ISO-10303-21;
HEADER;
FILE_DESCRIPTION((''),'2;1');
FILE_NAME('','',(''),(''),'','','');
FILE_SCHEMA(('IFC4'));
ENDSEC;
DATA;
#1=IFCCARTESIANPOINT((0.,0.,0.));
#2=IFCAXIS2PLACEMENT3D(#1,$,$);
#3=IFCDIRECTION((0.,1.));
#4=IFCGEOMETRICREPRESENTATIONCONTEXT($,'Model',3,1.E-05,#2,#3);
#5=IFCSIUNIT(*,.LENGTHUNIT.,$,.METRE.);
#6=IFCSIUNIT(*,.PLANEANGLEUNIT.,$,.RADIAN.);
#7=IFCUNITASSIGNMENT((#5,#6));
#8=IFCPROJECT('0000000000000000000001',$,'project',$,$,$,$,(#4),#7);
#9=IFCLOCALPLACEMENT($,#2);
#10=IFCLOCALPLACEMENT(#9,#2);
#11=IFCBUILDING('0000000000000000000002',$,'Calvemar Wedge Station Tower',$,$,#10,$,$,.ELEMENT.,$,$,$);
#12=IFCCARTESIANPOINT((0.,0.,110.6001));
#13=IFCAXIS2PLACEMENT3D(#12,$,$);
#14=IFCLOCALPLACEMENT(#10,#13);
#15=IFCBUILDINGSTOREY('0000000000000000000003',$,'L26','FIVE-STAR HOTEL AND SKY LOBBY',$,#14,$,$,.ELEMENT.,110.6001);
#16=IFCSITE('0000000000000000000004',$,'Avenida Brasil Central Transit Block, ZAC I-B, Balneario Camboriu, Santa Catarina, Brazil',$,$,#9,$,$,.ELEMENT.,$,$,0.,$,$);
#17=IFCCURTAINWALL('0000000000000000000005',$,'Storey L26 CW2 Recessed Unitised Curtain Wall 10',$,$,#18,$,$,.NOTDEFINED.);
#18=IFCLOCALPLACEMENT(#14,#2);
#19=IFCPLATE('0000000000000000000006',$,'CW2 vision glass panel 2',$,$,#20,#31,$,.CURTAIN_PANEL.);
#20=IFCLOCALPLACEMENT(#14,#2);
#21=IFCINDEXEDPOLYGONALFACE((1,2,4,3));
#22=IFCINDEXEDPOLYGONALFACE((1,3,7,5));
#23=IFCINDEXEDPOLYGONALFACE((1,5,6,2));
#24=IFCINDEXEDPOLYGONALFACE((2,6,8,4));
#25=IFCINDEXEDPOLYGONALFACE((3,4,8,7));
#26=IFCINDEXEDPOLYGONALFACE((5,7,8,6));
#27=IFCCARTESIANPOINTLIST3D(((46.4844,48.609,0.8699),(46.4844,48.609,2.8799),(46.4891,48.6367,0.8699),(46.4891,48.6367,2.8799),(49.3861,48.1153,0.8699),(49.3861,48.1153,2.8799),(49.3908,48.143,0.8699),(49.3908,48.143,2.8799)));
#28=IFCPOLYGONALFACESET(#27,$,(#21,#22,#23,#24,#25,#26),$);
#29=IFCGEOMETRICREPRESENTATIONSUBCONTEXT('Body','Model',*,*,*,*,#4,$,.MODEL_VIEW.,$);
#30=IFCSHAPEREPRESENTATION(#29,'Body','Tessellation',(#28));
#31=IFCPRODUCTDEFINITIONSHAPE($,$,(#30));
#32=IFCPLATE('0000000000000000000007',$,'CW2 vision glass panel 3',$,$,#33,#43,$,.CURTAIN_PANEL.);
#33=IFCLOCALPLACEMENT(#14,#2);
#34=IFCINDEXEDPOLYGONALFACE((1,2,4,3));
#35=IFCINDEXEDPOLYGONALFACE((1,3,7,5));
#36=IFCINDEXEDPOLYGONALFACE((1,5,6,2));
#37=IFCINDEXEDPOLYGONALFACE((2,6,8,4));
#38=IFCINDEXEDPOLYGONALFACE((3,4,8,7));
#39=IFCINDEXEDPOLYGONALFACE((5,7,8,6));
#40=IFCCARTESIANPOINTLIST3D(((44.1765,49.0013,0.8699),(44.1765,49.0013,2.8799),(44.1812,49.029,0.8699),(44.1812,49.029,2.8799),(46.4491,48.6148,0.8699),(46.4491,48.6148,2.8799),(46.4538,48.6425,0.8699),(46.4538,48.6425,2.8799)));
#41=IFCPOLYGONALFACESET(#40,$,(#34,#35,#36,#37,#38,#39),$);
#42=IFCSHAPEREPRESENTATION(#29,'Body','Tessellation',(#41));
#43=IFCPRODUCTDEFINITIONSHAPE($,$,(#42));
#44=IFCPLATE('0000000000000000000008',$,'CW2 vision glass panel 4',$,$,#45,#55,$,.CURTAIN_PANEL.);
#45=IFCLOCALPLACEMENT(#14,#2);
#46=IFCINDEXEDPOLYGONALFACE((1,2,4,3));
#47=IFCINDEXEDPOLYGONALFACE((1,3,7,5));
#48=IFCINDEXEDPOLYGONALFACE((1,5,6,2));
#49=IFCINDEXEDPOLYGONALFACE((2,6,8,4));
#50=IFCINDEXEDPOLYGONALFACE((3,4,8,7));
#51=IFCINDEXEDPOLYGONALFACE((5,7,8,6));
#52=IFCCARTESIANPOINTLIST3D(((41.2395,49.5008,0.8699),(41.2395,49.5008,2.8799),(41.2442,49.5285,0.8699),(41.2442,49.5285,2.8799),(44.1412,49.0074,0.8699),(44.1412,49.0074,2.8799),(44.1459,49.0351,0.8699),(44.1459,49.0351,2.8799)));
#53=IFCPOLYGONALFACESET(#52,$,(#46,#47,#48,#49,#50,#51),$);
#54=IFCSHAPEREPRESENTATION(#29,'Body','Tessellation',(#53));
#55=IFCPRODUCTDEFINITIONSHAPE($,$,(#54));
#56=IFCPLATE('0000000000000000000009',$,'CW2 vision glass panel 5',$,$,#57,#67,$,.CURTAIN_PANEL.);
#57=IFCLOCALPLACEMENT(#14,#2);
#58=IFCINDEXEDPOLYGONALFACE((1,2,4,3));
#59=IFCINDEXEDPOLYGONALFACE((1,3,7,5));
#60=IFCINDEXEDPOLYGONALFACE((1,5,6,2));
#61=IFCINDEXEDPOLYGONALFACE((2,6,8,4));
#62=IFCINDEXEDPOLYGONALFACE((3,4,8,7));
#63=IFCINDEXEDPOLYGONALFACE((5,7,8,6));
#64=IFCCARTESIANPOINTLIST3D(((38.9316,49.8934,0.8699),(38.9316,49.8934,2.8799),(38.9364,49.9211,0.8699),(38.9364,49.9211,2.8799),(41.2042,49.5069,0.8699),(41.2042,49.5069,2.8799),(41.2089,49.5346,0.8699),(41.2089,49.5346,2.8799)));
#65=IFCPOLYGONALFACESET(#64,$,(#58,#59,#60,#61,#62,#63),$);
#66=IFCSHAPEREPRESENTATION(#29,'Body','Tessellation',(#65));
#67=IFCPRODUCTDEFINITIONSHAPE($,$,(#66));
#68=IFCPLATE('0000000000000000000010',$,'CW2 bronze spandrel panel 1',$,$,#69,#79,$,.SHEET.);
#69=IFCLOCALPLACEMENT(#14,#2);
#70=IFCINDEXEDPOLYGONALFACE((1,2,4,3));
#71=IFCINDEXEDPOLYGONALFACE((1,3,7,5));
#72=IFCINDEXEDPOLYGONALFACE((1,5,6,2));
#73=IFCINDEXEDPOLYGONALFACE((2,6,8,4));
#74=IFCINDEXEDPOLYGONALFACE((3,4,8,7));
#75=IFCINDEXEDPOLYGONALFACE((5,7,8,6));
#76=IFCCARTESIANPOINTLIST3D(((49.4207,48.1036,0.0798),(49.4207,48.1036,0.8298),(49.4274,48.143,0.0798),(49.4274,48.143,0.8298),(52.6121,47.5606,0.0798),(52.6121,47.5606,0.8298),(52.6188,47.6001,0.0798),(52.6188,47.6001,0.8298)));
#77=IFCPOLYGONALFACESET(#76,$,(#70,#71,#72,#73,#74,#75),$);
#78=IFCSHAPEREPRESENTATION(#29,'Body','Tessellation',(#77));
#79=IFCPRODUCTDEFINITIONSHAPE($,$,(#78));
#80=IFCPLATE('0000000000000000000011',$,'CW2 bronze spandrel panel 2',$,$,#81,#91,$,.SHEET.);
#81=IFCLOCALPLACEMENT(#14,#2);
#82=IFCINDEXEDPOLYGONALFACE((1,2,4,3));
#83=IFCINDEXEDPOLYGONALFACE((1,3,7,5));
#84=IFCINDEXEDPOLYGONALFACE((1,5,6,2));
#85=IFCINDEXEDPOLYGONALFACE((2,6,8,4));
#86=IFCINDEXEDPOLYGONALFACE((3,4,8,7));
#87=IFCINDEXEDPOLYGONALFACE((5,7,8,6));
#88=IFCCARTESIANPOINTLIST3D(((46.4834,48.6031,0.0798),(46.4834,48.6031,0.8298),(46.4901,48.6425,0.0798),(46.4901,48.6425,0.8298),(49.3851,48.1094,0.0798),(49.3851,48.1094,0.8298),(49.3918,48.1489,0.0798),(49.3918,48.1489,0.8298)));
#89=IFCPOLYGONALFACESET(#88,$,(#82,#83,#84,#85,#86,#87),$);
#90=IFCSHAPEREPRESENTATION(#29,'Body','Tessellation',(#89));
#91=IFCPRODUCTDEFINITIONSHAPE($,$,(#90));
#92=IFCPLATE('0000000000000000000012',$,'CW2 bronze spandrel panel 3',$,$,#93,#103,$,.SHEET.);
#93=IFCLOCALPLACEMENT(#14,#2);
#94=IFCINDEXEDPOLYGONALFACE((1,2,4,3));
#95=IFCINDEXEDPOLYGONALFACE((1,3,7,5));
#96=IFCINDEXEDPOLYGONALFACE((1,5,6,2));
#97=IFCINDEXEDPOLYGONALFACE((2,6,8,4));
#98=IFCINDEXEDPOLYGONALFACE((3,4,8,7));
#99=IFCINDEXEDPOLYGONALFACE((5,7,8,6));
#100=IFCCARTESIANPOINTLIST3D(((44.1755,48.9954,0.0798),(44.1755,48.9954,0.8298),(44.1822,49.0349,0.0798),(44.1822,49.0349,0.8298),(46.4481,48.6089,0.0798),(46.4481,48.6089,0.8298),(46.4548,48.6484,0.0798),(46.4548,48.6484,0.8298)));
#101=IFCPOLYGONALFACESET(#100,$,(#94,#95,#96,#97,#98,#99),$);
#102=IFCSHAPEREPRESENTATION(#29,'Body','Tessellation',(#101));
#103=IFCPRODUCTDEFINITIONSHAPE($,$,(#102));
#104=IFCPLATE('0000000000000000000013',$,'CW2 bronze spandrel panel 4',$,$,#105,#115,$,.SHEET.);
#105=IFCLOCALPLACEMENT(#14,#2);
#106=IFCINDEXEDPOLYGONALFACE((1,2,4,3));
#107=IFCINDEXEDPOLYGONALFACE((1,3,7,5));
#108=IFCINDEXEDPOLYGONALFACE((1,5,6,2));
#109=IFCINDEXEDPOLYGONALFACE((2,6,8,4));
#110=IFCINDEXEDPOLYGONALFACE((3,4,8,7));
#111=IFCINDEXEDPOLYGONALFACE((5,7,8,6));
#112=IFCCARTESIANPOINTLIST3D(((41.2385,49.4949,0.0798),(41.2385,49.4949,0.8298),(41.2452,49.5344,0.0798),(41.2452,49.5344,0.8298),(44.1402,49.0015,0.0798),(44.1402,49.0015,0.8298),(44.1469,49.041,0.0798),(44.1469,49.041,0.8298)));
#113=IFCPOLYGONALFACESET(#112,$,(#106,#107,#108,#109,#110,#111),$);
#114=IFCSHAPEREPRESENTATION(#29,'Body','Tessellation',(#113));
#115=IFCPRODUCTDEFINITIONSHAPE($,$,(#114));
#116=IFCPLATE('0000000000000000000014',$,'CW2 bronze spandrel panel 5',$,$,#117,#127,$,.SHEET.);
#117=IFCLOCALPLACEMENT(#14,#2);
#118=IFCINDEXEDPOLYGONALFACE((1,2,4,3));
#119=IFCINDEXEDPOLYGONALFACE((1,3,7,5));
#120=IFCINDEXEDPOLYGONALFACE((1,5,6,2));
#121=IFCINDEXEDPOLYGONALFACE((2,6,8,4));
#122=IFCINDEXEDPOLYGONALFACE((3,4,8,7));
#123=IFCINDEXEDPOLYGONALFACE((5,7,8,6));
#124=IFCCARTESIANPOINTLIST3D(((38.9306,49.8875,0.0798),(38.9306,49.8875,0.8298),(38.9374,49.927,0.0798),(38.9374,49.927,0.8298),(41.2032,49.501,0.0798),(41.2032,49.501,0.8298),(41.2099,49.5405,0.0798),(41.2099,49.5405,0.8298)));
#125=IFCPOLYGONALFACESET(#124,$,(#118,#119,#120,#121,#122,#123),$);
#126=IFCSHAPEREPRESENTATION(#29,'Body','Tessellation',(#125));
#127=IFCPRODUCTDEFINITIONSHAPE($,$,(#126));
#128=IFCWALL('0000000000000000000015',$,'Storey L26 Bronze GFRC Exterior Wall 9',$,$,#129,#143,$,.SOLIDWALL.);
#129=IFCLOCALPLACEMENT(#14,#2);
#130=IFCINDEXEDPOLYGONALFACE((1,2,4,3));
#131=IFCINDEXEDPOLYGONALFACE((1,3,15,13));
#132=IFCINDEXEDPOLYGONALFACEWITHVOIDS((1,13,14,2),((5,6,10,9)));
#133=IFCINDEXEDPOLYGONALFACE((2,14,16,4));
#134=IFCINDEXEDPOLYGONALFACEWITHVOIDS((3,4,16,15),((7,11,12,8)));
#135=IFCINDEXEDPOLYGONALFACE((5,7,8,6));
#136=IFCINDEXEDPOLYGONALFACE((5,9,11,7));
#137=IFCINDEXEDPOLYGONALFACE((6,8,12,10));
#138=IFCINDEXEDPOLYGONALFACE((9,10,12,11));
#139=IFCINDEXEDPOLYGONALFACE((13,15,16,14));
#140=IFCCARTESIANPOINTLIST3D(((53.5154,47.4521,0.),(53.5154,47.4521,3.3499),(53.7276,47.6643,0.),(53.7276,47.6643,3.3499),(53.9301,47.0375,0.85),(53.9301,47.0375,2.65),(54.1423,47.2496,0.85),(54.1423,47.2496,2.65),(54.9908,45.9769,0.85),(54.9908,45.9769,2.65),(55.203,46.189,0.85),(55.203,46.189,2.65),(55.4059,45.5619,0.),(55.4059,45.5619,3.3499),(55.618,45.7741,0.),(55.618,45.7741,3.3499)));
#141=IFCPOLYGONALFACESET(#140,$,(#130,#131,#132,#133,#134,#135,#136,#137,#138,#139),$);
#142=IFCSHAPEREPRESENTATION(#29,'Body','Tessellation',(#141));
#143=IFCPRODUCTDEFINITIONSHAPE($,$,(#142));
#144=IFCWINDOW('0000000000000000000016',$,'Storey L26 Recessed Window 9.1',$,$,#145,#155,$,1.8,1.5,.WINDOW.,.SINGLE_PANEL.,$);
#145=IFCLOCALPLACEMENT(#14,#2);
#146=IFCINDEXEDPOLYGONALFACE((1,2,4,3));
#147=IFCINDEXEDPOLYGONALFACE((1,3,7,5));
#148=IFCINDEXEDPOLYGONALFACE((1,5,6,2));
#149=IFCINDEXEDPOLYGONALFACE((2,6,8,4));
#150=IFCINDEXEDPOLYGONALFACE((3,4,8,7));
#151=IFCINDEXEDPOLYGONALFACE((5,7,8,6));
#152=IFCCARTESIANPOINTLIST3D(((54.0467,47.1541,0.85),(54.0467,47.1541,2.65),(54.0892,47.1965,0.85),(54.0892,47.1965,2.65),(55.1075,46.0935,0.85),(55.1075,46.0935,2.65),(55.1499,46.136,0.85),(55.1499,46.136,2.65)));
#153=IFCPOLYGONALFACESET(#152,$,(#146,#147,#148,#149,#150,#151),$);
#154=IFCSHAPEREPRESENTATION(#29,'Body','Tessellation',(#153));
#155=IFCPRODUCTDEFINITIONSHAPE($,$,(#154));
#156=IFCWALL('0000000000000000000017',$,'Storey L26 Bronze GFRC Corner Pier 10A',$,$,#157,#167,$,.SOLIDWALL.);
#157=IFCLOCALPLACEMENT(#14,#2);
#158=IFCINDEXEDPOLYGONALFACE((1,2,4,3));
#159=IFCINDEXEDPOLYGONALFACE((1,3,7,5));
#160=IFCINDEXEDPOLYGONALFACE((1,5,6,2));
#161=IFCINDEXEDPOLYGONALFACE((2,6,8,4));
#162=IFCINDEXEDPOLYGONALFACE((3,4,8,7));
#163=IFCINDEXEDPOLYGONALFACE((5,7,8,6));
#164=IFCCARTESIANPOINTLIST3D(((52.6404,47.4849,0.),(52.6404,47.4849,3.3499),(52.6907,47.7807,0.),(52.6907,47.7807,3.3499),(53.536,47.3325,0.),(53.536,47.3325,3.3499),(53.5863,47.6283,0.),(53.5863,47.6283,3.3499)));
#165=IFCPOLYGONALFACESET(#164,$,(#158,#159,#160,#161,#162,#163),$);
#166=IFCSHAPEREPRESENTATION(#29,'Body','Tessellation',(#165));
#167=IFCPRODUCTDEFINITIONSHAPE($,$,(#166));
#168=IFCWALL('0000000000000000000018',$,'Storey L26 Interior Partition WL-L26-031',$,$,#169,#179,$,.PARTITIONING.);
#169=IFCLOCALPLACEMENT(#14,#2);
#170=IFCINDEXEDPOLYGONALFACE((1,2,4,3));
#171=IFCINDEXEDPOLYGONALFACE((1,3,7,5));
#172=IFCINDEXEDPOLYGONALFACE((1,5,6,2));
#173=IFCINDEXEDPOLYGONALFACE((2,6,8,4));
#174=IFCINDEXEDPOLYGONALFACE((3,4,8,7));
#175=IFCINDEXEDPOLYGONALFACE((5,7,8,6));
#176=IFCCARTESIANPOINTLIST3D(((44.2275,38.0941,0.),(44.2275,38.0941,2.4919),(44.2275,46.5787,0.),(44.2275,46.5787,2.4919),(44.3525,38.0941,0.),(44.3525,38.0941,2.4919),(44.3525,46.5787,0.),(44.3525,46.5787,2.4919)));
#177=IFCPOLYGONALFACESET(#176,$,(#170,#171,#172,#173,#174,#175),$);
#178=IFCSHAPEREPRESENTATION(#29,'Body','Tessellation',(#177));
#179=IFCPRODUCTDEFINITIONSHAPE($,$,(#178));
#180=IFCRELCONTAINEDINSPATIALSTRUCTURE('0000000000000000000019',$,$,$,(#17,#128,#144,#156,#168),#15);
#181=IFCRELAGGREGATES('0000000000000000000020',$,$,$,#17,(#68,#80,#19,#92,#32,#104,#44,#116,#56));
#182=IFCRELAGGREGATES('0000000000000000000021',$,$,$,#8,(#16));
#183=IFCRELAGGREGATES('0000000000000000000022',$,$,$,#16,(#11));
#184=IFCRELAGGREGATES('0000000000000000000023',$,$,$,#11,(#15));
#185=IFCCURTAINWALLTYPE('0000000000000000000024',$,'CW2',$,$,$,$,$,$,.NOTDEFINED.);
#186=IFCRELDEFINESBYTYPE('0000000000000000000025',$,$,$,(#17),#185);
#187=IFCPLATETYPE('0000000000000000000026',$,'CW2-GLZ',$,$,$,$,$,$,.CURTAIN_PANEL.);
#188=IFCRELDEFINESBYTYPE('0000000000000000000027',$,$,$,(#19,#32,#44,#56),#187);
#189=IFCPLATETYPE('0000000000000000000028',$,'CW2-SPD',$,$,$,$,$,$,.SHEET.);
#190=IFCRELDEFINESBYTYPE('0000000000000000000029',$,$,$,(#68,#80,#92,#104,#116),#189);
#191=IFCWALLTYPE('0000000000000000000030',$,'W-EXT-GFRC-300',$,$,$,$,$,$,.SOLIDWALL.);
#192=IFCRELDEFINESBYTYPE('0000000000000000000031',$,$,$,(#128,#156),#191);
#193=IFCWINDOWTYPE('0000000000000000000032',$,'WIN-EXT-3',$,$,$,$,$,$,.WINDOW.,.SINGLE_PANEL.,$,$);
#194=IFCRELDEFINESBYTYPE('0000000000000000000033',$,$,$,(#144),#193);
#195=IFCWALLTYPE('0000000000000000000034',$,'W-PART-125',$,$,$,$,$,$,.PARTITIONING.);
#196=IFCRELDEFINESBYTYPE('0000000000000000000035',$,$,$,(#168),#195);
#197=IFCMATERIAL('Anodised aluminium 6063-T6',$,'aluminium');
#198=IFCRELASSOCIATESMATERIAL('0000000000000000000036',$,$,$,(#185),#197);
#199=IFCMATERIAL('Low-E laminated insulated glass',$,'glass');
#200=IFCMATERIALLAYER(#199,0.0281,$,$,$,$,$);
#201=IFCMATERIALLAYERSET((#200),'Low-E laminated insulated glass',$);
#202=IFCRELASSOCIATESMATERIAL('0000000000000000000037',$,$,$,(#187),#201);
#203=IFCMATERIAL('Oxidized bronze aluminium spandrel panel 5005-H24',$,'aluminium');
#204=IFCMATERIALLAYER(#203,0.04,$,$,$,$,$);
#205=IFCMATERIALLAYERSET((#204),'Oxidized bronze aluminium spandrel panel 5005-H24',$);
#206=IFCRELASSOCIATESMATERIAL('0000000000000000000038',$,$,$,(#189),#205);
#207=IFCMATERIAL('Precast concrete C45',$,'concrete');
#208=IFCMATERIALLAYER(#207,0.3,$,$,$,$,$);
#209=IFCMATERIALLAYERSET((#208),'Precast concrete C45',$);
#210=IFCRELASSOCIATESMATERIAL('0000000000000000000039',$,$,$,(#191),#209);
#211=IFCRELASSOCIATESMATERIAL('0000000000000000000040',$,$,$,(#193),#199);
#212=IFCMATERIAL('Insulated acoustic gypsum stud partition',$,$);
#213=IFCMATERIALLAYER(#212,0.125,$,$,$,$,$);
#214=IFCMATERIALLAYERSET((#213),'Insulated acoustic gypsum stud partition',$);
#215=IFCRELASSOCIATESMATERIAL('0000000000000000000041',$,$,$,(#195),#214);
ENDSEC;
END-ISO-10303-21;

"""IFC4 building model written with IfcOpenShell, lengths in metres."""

from ifc_helpers import new_model, si_unit, direction, frame, frame_2d, origin, place, context, subcontext, project, spatial, rectangle, extrude, source, transform, mapped, material, layer, layer_set, type_object, element, fill, aggregate, save


model = new_model("IFC4")

# Units and contexts
model_context = context("Model", 3, precision=1e-05, world=origin(), true_north=direction((0.0, 1.0)))
body_context = subcontext(model_context, "Body", "Model", "MODEL_VIEW")
ifc_project = project(units=[si_unit("LENGTHUNIT", "METRE"), si_unit("PLANEANGLEUNIT", "RADIAN")], contexts=[model_context])

# Site, building, storey
site_placement = place(None, origin())
site = spatial("IfcSite", under=ifc_project, at=site_placement, Name="Avenida Brasil Central Transit Block, ZAC I-B, Balneario Camboriu, Santa Catarina, Brazil", CompositionType="ELEMENT", RefElevation=0.0)
building_placement = place(site_placement, origin())
building = spatial("IfcBuilding", under=site, at=building_placement, Name="Calvemar Wedge Station Tower", CompositionType="ELEMENT")
storey_placement = place(building_placement, frame((0.0, 0.0, 110.6001)))
storey = spatial("IfcBuildingStorey", under=building, at=storey_placement, Name="L26", Description="FIVE-STAR HOTEL AND SKY LOBBY", CompositionType="ELEMENT", Elevation=110.6001)

# Curtain wall, plates
ifc_material_1 = material(Name="Anodised aluminium 6063-T6", Category="aluminium")
curtain_wall_type = type_object("IfcCurtainWallType", Name="CW2", PredefinedType="NOTDEFINED", material=ifc_material_1)
curtain_wall_placement = place(storey_placement, origin())
curtain_wall = element("IfcCurtainWall", 1, at=curtain_wall_placement, inside=storey, type_object=curtain_wall_type, Name="Storey L26 CW2 Recessed Unitised Curtain Wall 10", PredefinedType="NOTDEFINED")
ifc_material_2 = material(Name="Low-E laminated insulated glass", Category="glass")
ifc_layer_1 = layer(ifc_material_2, 0.0281)
ifc_layer_set_1 = layer_set([ifc_layer_1], Name="Low-E laminated insulated glass")
plate_type_1 = type_object("IfcPlateType", Name="CW2-GLZ", PredefinedType="CURTAIN_PANEL", material=ifc_layer_set_1)
plate_1_placement = place(storey_placement, frame((49.3884, 48.1292, 0.8699), z_axis=(0.0, 0.0, 1.0), x_axis=(-0.985835, 0.16772, 0.0)))
plate_1 = element("IfcPlate", 2, at=plate_1_placement, type_object=plate_type_1, Name="CW2 vision glass panel 2", PredefinedType="CURTAIN_PANEL", context=body_context, shape_type="SweptSolid", body=[
    extrude(rectangle(XDim=2.9434, YDim=0.0281, at=frame_2d((1.4717, 0.0))), origin(), (0.0, 0.0, 1.0), 2.01),
])
plate_2_placement = place(storey_placement, frame((46.4514, 48.6287, 0.8699), z_axis=(0.0, 0.0, 1.0), x_axis=(-0.985845, 0.167661, 0.0)))
plate_2 = element("IfcPlate", 3, at=plate_2_placement, type_object=plate_type_1, Name="CW2 vision glass panel 3", PredefinedType="CURTAIN_PANEL", context=body_context, shape_type="SweptSolid", body=[
    extrude(rectangle(XDim=2.3052, YDim=0.0281, at=frame_2d((1.1526, 0.0))), origin(), (0.0, 0.0, 1.0), 2.01),
])
plate_3_placement = place(storey_placement, frame((44.1436, 49.0212, 0.8699), z_axis=(0.0, 0.0, 1.0), x_axis=(-0.985848, 0.16764, 0.0)))
plate_3 = element("IfcPlate", 4, at=plate_3_placement, type_object=plate_type_1, Name="CW2 vision glass panel 4", PredefinedType="CURTAIN_PANEL", context=body_context, shape_type="SweptSolid", body=[
    extrude(rectangle(XDim=2.9434, YDim=0.0281, at=frame_2d((1.4717, 0.0))), origin(), (0.0, 0.0, 1.0), 2.01),
])
plate_4_placement = place(storey_placement, frame((41.2065, 49.5208, 0.8699), z_axis=(0.0, 0.0, 1.0), x_axis=(-0.985845, 0.167661, 0.0)))
plate_4 = element("IfcPlate", 5, at=plate_4_placement, type_object=plate_type_1, Name="CW2 vision glass panel 5", PredefinedType="CURTAIN_PANEL", context=body_context, shape_type="SweptSolid", body=[
    extrude(rectangle(XDim=2.3052, YDim=0.0281, at=frame_2d((1.1526, 0.0))), origin(), (0.0, 0.0, 1.0), 2.01),
])
ifc_material_3 = material(Name="Oxidized bronze aluminium spandrel panel 5005-H24", Category="aluminium")
ifc_layer_2 = layer(ifc_material_3, 0.04)
ifc_layer_set_2 = layer_set([ifc_layer_2], Name="Oxidized bronze aluminium spandrel panel 5005-H24")
plate_type_2 = type_object("IfcPlateType", Name="CW2-SPD", PredefinedType="SHEET", material=ifc_layer_set_2)
plate_5_placement = place(storey_placement, frame((52.6155, 47.5803, 0.0798), z_axis=(0.0, 0.0, 1.0), x_axis=(-0.985834, 0.167724, 0.0)))
plate_5 = element("IfcPlate", 6, at=plate_5_placement, type_object=plate_type_2, Name="CW2 bronze spandrel panel 1", PredefinedType="SHEET", context=body_context, shape_type="SweptSolid", body=[
    extrude(rectangle(XDim=3.2373, YDim=0.04, at=frame_2d((1.6187, 0.0))), origin(), (0.0, 0.0, 1.0), 0.75),
])
plate_6_placement = place(storey_placement, frame((49.3884, 48.1292, 0.0798), z_axis=(0.0, 0.0, 1.0), x_axis=(-0.985835, 0.16772, 0.0)))
plate_6 = element("IfcPlate", 7, at=plate_6_placement, type_object=plate_type_2, Name="CW2 bronze spandrel panel 2", PredefinedType="SHEET", context=body_context, shape_type="SweptSolid", body=[
    extrude(rectangle(XDim=2.9434, YDim=0.04, at=frame_2d((1.4717, 0.0))), origin(), (0.0, 0.0, 1.0), 0.75),
])
plate_7_placement = place(storey_placement, frame((46.4514, 48.6287, 0.0798), z_axis=(0.0, 0.0, 1.0), x_axis=(-0.985845, 0.167661, 0.0)))
plate_7 = element("IfcPlate", 8, at=plate_7_placement, type_object=plate_type_2, Name="CW2 bronze spandrel panel 3", PredefinedType="SHEET", context=body_context, shape_type="SweptSolid", body=[
    extrude(rectangle(XDim=2.3052, YDim=0.04, at=frame_2d((1.1526, 0.0))), origin(), (0.0, 0.0, 1.0), 0.75),
])
plate_8_placement = place(storey_placement, frame((44.1436, 49.0212, 0.0798), z_axis=(0.0, 0.0, 1.0), x_axis=(-0.985848, 0.16764, 0.0)))
plate_8 = element("IfcPlate", 9, at=plate_8_placement, type_object=plate_type_2, Name="CW2 bronze spandrel panel 4", PredefinedType="SHEET", context=body_context, shape_type="SweptSolid", body=[
    extrude(rectangle(XDim=2.9434, YDim=0.04, at=frame_2d((1.4717, 0.0))), origin(), (0.0, 0.0, 1.0), 0.75),
])
plate_9_placement = place(storey_placement, frame((41.2065, 49.5208, 0.0798), z_axis=(0.0, 0.0, 1.0), x_axis=(-0.985845, 0.167661, 0.0)))
plate_9 = element("IfcPlate", 10, at=plate_9_placement, type_object=plate_type_2, Name="CW2 bronze spandrel panel 5", PredefinedType="SHEET", context=body_context, shape_type="SweptSolid", body=[
    extrude(rectangle(XDim=2.3052, YDim=0.04, at=frame_2d((1.1526, 0.0))), origin(), (0.0, 0.0, 1.0), 0.75),
])
aggregate(curtain_wall, [plate_5, plate_6, plate_1, plate_7, plate_2, plate_8, plate_3, plate_9, plate_4])

# Wall, opening, window
ifc_material_4 = material(Name="Precast concrete C45", Category="concrete")
ifc_layer_3 = layer(ifc_material_4, 0.3)
ifc_layer_set_3 = layer_set([ifc_layer_3], Name="Precast concrete C45")
wall_type_1 = type_object("IfcWallType", Name="W-EXT-GFRC-300", PredefinedType="SOLIDWALL", material=ifc_layer_set_3)
wall_1_placement = place(storey_placement, frame((55.512, 45.668, 0.0), z_axis=(0.0, 0.0, 1.0), x_axis=(-0.707152, 0.707061, 0.0)))
wall_1 = element("IfcWall", 11, at=wall_1_placement, inside=storey, type_object=wall_type_1, Name="Storey L26 Bronze GFRC Exterior Wall 9", PredefinedType="SOLIDWALL", context=body_context, shape_type="SweptSolid", body=[
    extrude(rectangle(XDim=2.6733, YDim=0.3, at=frame_2d((1.3367, 0.0))), origin(), (0.0, 0.0, 1.0), 3.3499),
])
shared_shape_1 = source(origin(), body_context, "Body", "SweptSolid", [
    extrude(rectangle(XDim=1.5, YDim=1.8, at=frame_2d((0.75, 0.8999))), frame((0.0, 0.1602, 0.0), z_axis=(0.0, -1.0, 0.0), x_axis=(1.0, 0.0, 0.0)), (0.0, 0.0, 1.0), 0.3201),
])
opening_1_placement = place(wall_1_placement, frame((0.5869, 0.0, 0.8501)))
opening_1 = element("IfcOpeningElement", 12, at=opening_1_placement, cuts=wall_1, PredefinedType="OPENING", context=body_context, shape_type="MappedRepresentation", body=[
    mapped(shared_shape_1, transform((0.0, 0.0, 0.0), scale=1.0)),
])
window_type = type_object("IfcWindowType", Name="WIN-EXT-3", PartitioningType="SINGLE_PANEL", PredefinedType="WINDOW", material=ifc_material_2)
shared_shape_2 = source(origin(), body_context, "Body", "SweptSolid", [
    extrude(rectangle(XDim=1.5, YDim=1.8, at=frame_2d((0.75, 0.8999))), frame((0.0, -0.0149, 0.0), z_axis=(0.0, -1.0, 0.0), x_axis=(1.0, 0.0, 0.0)), (0.0, 0.0, 1.0), 0.0601),
])
window_placement = place(opening_1_placement, origin())
window = element("IfcWindow", 13, at=window_placement, inside=storey, type_object=window_type, Name="Storey L26 Recessed Window 9.1", OverallHeight=1.8, OverallWidth=1.5, PartitioningType="SINGLE_PANEL", PredefinedType="WINDOW", context=body_context, shape_type="MappedRepresentation", body=[
    mapped(shared_shape_2, transform((0.0, 0.0, 0.0), scale=1.0)),
])
fill(opening_1, window)

# Walls
wall_2_placement = place(storey_placement, frame((53.561, 47.4805, 0.0), z_axis=(0.0, 0.0, 1.0), x_axis=(-0.985836, 0.16771, 0.0)))
element("IfcWall", 14, at=wall_2_placement, inside=storey, type_object=wall_type_1, Name="Storey L26 Bronze GFRC Corner Pier 10A", PredefinedType="SOLIDWALL", context=body_context, shape_type="SweptSolid", body=[
    extrude(rectangle(XDim=0.9084, YDim=0.3, at=frame_2d((0.4541, 0.0))), origin(), (0.0, 0.0, 1.0), 3.3499),
])
ifc_material_5 = material(Name="Insulated acoustic gypsum stud partition")
ifc_layer_4 = layer(ifc_material_5, 0.125)
ifc_layer_set_4 = layer_set([ifc_layer_4], Name="Insulated acoustic gypsum stud partition")
wall_type_2 = type_object("IfcWallType", Name="W-PART-125", PredefinedType="PARTITIONING", material=ifc_layer_set_4)
wall_3_placement = place(storey_placement, frame((44.29, 46.5786, 0.0), z_axis=(0.0, 0.0, 1.0), x_axis=(0.0, -1.0, 0.0)))
element("IfcWall", 15, at=wall_3_placement, inside=storey, type_object=wall_type_2, Name="Storey L26 Interior Partition WL-L26-031", PredefinedType="PARTITIONING", context=body_context, shape_type="SweptSolid", body=[
    extrude(rectangle(XDim=8.4846, YDim=0.125, at=frame_2d((4.2422, 0.0))), origin(), (0.0, 0.0, 1.0), 2.4919),
])

save(model, "model.ifc")
